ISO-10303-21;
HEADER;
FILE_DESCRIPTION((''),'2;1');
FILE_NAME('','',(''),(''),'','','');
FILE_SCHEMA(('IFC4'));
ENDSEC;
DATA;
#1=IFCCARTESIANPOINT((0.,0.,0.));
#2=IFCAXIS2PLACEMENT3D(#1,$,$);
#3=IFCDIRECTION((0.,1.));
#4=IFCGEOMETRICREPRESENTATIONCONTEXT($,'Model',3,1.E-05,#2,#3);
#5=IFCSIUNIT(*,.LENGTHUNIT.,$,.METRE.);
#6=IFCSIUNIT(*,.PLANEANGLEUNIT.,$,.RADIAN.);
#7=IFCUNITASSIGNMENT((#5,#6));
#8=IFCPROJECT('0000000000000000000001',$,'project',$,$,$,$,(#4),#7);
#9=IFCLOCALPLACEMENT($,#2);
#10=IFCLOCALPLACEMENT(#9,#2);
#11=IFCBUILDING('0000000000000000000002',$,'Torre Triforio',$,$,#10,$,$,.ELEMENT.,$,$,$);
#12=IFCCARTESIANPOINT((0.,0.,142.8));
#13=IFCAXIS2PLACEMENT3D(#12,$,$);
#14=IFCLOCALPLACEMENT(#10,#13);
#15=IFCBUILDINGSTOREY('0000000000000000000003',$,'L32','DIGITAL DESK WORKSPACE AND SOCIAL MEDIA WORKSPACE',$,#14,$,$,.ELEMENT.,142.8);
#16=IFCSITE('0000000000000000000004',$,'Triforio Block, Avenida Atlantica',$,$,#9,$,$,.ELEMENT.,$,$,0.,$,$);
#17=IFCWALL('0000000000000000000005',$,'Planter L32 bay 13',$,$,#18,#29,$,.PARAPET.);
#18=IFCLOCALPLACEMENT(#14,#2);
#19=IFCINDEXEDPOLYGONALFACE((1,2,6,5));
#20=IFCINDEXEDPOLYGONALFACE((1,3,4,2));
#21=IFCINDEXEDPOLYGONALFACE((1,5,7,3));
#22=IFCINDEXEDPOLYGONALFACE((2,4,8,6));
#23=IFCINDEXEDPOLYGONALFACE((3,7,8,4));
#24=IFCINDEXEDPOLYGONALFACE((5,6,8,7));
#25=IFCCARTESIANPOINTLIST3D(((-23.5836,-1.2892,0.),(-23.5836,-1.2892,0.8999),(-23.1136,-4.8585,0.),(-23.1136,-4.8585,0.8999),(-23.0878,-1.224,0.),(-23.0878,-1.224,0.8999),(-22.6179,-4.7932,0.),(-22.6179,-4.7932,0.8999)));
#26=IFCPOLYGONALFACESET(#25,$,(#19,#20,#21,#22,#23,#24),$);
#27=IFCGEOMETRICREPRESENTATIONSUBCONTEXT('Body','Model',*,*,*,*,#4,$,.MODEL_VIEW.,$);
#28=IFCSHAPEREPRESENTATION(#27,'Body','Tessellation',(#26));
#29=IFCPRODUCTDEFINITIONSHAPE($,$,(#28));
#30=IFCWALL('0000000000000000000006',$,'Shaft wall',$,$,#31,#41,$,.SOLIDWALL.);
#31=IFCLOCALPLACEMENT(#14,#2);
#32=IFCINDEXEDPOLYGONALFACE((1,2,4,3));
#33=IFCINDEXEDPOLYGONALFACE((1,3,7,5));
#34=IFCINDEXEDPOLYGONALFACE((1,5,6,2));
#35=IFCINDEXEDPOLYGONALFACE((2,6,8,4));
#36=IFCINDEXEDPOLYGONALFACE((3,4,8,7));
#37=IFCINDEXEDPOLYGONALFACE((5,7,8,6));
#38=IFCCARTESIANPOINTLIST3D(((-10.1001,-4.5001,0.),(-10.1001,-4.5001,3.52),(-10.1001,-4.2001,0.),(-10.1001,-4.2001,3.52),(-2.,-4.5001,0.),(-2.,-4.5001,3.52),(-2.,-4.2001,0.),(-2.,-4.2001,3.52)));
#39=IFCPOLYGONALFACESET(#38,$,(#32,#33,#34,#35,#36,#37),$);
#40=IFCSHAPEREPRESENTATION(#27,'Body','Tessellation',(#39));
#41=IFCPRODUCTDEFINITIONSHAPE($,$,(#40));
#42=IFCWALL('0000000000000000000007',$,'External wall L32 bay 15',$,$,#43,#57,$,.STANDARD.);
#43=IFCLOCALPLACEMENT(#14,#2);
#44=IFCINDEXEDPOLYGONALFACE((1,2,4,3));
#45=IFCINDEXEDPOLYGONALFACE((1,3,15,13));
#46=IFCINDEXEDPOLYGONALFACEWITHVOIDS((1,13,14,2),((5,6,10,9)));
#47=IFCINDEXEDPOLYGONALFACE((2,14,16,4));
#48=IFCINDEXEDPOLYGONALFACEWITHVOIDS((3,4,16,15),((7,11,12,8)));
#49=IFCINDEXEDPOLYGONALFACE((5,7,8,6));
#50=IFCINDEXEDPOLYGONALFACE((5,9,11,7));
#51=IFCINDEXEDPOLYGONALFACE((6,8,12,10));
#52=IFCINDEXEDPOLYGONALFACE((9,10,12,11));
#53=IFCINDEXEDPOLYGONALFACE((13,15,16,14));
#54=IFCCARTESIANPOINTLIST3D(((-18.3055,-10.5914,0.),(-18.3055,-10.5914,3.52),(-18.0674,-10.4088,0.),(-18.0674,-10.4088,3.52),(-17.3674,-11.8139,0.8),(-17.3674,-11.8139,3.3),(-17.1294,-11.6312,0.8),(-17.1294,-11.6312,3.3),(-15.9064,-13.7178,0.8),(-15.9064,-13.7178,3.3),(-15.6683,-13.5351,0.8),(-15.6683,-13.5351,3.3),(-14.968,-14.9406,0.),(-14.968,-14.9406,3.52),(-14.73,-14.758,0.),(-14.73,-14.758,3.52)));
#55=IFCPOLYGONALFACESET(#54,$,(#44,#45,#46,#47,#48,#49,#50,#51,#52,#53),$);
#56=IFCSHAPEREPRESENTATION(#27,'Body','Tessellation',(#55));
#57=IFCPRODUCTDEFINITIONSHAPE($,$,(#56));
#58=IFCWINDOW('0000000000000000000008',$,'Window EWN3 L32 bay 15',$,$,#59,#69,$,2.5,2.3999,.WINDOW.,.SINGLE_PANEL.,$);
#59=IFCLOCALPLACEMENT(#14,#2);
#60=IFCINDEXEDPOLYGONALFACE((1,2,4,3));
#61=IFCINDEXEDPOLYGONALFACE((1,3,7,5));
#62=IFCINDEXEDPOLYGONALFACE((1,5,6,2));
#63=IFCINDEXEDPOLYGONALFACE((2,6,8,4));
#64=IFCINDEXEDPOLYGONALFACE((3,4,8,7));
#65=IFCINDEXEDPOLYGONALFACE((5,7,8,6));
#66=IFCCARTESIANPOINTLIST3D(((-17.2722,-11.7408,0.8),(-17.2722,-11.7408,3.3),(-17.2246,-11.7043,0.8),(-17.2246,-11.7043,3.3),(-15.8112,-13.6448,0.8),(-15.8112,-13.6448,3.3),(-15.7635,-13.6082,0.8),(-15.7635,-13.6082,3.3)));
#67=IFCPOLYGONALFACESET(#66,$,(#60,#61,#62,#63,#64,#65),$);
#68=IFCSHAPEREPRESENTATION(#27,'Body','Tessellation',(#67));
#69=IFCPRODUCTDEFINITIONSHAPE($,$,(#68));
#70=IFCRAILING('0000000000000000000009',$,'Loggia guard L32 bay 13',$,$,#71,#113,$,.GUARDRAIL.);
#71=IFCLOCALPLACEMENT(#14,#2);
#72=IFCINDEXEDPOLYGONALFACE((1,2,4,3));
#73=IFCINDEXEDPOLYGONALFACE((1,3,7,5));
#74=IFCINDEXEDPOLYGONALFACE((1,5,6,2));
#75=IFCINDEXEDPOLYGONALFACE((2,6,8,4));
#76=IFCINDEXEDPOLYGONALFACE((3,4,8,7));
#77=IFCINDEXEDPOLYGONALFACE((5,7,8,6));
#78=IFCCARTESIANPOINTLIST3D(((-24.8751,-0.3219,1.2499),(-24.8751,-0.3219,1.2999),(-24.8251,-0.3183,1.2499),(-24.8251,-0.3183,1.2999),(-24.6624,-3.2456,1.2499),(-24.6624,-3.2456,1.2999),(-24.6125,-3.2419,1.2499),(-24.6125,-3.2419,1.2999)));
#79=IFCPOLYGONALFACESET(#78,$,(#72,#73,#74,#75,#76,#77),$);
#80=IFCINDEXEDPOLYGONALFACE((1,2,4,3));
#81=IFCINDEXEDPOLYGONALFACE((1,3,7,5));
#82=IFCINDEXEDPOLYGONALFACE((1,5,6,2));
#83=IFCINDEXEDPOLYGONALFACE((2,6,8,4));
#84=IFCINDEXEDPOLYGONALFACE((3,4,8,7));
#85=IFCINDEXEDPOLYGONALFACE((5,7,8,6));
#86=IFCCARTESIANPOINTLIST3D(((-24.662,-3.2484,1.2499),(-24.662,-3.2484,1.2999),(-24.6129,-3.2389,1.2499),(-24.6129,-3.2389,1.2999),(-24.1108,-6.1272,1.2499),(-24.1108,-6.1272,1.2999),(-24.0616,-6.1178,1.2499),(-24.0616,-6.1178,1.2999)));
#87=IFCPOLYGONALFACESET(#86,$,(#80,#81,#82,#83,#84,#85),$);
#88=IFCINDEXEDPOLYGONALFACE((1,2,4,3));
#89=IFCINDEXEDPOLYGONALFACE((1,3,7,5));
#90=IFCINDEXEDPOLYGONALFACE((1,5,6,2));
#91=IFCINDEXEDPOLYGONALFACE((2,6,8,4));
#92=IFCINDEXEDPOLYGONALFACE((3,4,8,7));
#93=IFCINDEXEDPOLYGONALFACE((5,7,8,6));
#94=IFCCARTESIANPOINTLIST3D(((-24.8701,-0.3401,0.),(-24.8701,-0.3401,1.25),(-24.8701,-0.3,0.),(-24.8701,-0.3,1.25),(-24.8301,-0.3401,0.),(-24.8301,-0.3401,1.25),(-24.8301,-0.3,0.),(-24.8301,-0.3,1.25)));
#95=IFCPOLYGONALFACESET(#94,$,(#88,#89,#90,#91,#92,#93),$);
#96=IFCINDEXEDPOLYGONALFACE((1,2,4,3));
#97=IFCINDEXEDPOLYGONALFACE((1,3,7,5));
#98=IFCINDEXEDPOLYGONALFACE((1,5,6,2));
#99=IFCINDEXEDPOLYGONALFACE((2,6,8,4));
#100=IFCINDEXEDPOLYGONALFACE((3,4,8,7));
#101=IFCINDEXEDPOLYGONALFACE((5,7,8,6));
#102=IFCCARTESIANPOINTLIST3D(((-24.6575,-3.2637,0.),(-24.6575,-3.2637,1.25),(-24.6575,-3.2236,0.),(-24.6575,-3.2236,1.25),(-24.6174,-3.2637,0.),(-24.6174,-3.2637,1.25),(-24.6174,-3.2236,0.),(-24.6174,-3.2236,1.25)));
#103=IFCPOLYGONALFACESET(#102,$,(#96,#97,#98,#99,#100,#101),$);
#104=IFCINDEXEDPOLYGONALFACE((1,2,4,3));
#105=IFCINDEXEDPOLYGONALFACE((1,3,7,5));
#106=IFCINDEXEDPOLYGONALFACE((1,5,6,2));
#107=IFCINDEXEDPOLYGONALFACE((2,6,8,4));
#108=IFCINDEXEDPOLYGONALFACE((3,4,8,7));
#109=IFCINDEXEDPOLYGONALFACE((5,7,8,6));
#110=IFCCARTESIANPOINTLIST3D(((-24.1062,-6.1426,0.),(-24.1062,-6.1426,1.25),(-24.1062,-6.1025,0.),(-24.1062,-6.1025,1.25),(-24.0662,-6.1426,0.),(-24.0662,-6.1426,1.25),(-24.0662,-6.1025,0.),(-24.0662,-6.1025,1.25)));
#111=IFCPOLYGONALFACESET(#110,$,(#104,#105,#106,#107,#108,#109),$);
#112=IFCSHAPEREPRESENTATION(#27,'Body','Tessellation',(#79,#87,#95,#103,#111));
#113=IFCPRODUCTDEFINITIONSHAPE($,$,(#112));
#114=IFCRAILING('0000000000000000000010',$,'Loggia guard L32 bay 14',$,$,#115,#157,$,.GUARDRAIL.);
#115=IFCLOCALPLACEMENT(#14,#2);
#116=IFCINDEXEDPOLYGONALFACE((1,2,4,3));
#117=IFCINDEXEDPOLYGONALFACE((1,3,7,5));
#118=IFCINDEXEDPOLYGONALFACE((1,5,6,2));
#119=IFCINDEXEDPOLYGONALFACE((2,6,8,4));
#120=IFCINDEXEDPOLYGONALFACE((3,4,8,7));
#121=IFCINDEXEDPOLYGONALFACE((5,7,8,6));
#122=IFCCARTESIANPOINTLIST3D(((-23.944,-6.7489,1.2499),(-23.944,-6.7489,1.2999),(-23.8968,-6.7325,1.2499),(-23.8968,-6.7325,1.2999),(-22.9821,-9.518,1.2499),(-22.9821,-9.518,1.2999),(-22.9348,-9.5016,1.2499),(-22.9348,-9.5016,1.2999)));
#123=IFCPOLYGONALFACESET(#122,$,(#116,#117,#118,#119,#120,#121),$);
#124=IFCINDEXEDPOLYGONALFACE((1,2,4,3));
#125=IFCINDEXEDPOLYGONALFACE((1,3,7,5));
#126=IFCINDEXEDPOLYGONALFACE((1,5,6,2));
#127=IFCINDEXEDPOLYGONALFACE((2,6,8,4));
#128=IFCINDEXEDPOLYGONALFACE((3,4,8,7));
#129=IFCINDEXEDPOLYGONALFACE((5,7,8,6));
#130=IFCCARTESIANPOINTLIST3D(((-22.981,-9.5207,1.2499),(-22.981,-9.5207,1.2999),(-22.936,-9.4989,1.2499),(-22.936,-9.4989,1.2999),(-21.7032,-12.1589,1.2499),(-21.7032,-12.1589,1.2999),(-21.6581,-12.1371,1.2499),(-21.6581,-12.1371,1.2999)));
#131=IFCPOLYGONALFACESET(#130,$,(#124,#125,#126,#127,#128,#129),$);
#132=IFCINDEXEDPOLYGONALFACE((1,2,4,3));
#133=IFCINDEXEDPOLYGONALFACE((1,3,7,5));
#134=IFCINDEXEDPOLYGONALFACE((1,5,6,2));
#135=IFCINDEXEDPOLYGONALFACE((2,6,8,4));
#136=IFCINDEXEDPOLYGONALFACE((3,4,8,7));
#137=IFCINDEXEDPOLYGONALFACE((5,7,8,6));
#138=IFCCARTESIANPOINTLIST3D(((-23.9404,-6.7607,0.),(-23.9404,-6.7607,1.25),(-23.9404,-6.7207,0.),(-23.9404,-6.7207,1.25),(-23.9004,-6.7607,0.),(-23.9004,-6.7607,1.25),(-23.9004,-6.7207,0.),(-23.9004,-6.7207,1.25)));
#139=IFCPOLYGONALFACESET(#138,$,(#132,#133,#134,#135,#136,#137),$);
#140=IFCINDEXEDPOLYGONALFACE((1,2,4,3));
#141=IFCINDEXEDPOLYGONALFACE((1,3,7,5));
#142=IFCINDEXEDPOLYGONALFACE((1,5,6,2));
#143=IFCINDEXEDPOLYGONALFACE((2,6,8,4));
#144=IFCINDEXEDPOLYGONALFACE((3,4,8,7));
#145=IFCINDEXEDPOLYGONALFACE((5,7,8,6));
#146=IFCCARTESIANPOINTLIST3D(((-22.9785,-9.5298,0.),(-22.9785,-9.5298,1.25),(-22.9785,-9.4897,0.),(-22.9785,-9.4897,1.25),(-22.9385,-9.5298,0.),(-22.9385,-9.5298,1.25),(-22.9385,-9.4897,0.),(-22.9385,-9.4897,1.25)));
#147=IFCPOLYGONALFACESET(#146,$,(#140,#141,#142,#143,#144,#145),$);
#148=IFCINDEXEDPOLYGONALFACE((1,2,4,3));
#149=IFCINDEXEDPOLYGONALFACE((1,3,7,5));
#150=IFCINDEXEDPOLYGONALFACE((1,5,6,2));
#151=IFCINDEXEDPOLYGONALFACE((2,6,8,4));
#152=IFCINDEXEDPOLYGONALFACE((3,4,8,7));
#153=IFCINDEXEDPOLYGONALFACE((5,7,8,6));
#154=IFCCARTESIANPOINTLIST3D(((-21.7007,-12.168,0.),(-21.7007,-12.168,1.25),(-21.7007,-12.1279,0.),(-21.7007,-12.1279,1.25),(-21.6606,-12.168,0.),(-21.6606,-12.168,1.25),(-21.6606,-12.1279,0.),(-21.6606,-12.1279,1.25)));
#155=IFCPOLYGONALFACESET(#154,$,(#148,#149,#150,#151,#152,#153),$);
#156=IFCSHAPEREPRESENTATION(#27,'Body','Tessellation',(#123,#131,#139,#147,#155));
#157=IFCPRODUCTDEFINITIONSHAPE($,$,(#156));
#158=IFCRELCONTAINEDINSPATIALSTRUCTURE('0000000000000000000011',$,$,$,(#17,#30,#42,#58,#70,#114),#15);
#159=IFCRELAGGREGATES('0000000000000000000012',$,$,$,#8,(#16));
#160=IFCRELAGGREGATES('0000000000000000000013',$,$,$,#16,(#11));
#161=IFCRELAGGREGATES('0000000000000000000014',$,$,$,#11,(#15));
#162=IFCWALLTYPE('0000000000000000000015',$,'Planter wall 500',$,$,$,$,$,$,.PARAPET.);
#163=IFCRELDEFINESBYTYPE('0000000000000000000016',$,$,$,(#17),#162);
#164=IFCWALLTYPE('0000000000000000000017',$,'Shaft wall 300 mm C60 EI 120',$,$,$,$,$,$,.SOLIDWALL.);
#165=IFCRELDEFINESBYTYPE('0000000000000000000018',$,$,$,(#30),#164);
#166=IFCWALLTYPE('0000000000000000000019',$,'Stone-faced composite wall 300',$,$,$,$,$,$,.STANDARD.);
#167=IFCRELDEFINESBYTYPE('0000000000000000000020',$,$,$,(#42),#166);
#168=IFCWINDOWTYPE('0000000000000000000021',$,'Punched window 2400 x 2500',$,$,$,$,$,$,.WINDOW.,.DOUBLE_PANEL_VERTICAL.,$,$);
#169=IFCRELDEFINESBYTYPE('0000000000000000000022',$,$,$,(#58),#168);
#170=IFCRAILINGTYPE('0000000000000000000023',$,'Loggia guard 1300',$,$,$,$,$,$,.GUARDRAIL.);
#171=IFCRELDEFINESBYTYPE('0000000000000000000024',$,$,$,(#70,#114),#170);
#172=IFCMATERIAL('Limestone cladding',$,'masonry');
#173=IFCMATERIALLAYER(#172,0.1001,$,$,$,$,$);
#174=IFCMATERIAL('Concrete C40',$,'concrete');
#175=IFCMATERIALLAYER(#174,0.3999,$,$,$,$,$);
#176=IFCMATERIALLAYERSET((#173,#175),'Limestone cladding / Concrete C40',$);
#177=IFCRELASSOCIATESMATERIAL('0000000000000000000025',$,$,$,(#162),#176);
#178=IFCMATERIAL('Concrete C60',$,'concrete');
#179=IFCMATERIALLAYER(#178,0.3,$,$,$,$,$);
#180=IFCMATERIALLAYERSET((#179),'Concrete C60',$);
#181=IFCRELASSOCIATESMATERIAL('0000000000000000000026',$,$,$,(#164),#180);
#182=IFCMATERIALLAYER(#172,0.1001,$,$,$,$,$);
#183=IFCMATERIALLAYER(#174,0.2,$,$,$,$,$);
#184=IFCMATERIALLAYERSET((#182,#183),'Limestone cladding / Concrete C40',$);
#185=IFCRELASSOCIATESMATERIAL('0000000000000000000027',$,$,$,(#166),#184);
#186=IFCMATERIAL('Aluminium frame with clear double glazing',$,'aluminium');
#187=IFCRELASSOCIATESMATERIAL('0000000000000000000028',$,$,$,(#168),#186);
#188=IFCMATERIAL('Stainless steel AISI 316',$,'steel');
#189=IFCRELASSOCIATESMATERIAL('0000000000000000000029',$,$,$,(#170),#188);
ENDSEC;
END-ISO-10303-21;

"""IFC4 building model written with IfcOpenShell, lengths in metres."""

from ifc_helpers import new_model, si_unit, direction, frame, frame_2d, origin, origin_2d, place, context, subcontext, project, spatial, rectangle, extrude, material, layer, layer_set, type_object, element, fill, save


model = new_model("IFC4")

# Units and contexts
model_context = context("Model", 3, precision=1e-05, world=origin(), true_north=direction((0.0, 1.0)))
body_context = subcontext(model_context, "Body", "Model", "MODEL_VIEW")
ifc_project = project(units=[si_unit("LENGTHUNIT", "METRE"), si_unit("PLANEANGLEUNIT", "RADIAN")], contexts=[model_context])

# Site, building, storey
site_placement = place(None, origin())
site = spatial("IfcSite", under=ifc_project, at=site_placement, Name="Triforio Block, Avenida Atlantica", CompositionType="ELEMENT", RefElevation=0.0)
building_placement = place(site_placement, origin())
building = spatial("IfcBuilding", under=site, at=building_placement, Name="Torre Triforio", CompositionType="ELEMENT")
storey_placement = place(building_placement, frame((0.0, 0.0, 142.8)))
storey = spatial("IfcBuildingStorey", under=building, at=storey_placement, Name="L32", Description="DIGITAL DESK WORKSPACE AND SOCIAL MEDIA WORKSPACE", CompositionType="ELEMENT", Elevation=142.8)

# Shared definitions
ifc_material_1 = material(Name="Concrete C60", Category="concrete")

# Walls
ifc_material_2 = material(Name="Limestone cladding", Category="masonry")
ifc_layer_1 = layer(ifc_material_2, 0.1001)
ifc_material_3 = material(Name="Concrete C40", Category="concrete")
ifc_layer_2 = layer(ifc_material_3, 0.3999)
ifc_layer_set_1 = layer_set([ifc_layer_1, ifc_layer_2], Name="Limestone cladding / Concrete C40")
wall_type_1 = type_object("IfcWallType", Name="Planter wall 500", PredefinedType="PARAPET", material=ifc_layer_set_1)
wall_1_placement = place(storey_placement, frame((-23.3357, -1.2566, 0.0), z_axis=(0.0, 0.0, 1.0), x_axis=(0.130542, -0.991443, 0.0)))
element("IfcWall", 1, at=wall_1_placement, inside=storey, type_object=wall_type_1, Name="Planter L32 bay 13", PredefinedType="PARAPET", context=body_context, shape_type="SweptSolid", body=[
    extrude(rectangle(XDim=3.6001, YDim=0.5, at=frame_2d((1.8, 0.0))), origin(), (0.0, 0.0, 1.0), 0.8999),
])
ifc_layer_3 = layer(ifc_material_1, 0.3)
ifc_layer_set_2 = layer_set([ifc_layer_3], Name="Concrete C60")
wall_type_2 = type_object("IfcWallType", Name="Shaft wall 300 mm C60 EI 120", PredefinedType="SOLIDWALL", material=ifc_layer_set_2)
wall_2_placement = place(storey_placement, frame((-10.1001, -4.3501, 0.0), z_axis=(0.0, 0.0, 1.0), x_axis=(1.0, 0.0, 0.0)))
element("IfcWall", 2, at=wall_2_placement, inside=storey, type_object=wall_type_2, Name="Shaft wall", PredefinedType="SOLIDWALL", context=body_context, shape_type="SweptSolid", body=[
    extrude(rectangle(XDim=8.1001, YDim=0.3, at=frame_2d((4.05, 0.0))), origin(), (0.0, 0.0, 1.0), 3.52),
])

# Shared definitions
ifc_layer_4 = layer(ifc_material_2, 0.1001)
ifc_layer_5 = layer(ifc_material_3, 0.2)
ifc_layer_set_3 = layer_set([ifc_layer_4, ifc_layer_5], Name="Limestone cladding / Concrete C40")
wall_type_3 = type_object("IfcWallType", Name="Stone-faced composite wall 300", PredefinedType="STANDARD", material=ifc_layer_set_3)
ifc_material_4 = material(Name="Aluminium frame with clear double glazing", Category="aluminium")

# Wall, opening, window
wall_3_placement = place(storey_placement, frame((-18.1865, -10.5, 0.0), z_axis=(0.0, 0.0, 1.0), x_axis=(0.608785, -0.793335, 0.0)))
wall_3 = element("IfcWall", 3, at=wall_3_placement, inside=storey, type_object=wall_type_3, Name="External wall L32 bay 15", PredefinedType="STANDARD", context=body_context, shape_type="SweptSolid", body=[
    extrude(rectangle(XDim=5.4822, YDim=0.3, at=frame_2d((2.7412, 0.0))), origin(), (0.0, 0.0, 1.0), 3.52),
])
opening_1_placement = place(wall_3_placement, frame((1.541, 0.0, 0.8)))
opening_1 = element("IfcOpeningElement", 4, at=opening_1_placement, cuts=wall_3, PredefinedType="OPENING", context=body_context, shape_type="SweptSolid", body=[
    extrude(rectangle(XDim=2.3999, YDim=2.5, at=frame_2d((1.2, 1.25))), frame((0.0, 0.1599, 0.0), z_axis=(0.0, -1.0, 0.0), x_axis=(1.0, 0.0, 0.0)), (0.0, 0.0, 1.0), 0.3201),
])
window_type_1 = type_object("IfcWindowType", Name="Punched window 2400 x 2500", PartitioningType="DOUBLE_PANEL_VERTICAL", PredefinedType="WINDOW", material=ifc_material_4)
window_1_placement = place(opening_1_placement, origin())
window_1 = element("IfcWindow", 5, at=window_1_placement, inside=storey, type_object=window_type_1, Name="Window EWN3 L32 bay 15", OverallHeight=2.5, OverallWidth=2.3999, PartitioningType="SINGLE_PANEL", PredefinedType="WINDOW", context=body_context, shape_type="SweptSolid", body=[
    extrude(rectangle(XDim=2.3999, YDim=2.5, at=frame_2d((1.2, 1.25))), frame((0.0, 0.03, 0.0), z_axis=(0.0, -1.0, 0.0), x_axis=(1.0, 0.0, 0.0)), (0.0, 0.0, 1.0), 0.0601),
])
fill(opening_1, window_1)

# Railings
ifc_material_5 = material(Name="Stainless steel AISI 316", Category="steel")
railing_type = type_object("IfcRailingType", Name="Loggia guard 1300", PredefinedType="GUARDRAIL", material=ifc_material_5)
railing_1_placement = place(storey_placement, frame((-24.8501, -0.3201, 0.0)))
element("IfcRailing", 6, at=railing_1_placement, inside=storey, type_object=railing_type, Name="Loggia guard L32 bay 13", PredefinedType="GUARDRAIL", context=body_context, shape_type="SweptSolid", body=[
    extrude(rectangle(XDim=0.05, YDim=0.05, at=origin_2d()), frame((0.0, 0.0, 1.2749), z_axis=(0.072543, -0.997365, 0.0), x_axis=(0.997365, 0.072543, 0.0)), (0.0, 0.0, 1.0), 2.9314),
    extrude(rectangle(XDim=0.05, YDim=0.05, at=origin_2d()), frame((0.2126, -2.9236, 1.2749), z_axis=(0.188069, -0.982156, 0.0), x_axis=(0.982156, 0.188069, 0.0)), (0.0, 0.0, 1.0), 2.9312),
    extrude(rectangle(XDim=0.04, YDim=0.04, at=origin_2d()), origin(), (0.0, 0.0, 1.0), 1.25),
    extrude(rectangle(XDim=0.04, YDim=0.04, at=origin_2d()), frame((0.2126, -2.9236, 0.0)), (0.0, 0.0, 1.0), 1.25),
    extrude(rectangle(XDim=0.04, YDim=0.04, at=origin_2d()), frame((0.7639, -5.8025, 0.0)), (0.0, 0.0, 1.0), 1.25),
])
railing_2_placement = place(storey_placement, frame((-23.9204, -6.7407, 0.0)))
element("IfcRailing", 7, at=railing_2_placement, inside=storey, type_object=railing_type, Name="Loggia guard L32 bay 14", PredefinedType="GUARDRAIL", context=body_context, shape_type="SweptSolid", body=[
    extrude(rectangle(XDim=0.05, YDim=0.05, at=origin_2d()), frame((0.0, 0.0, 1.2749), z_axis=(0.328146, -0.944627, 0.0), x_axis=(0.944627, 0.328146, 0.0)), (0.0, 0.0, 1.0), 2.9314),
    extrude(rectangle(XDim=0.05, YDim=0.05, at=origin_2d()), frame((0.9619, -2.769, 1.2749), z_axis=(0.435918, -0.899986, 0.0), x_axis=(0.899986, 0.435918, 0.0)), (0.0, 0.0, 1.0), 2.9314),
    extrude(rectangle(XDim=0.04, YDim=0.04, at=origin_2d()), origin(), (0.0, 0.0, 1.0), 1.25),
    extrude(rectangle(XDim=0.04, YDim=0.04, at=origin_2d()), frame((0.9619, -2.769, 0.0)), (0.0, 0.0, 1.0), 1.25),
    extrude(rectangle(XDim=0.04, YDim=0.04, at=origin_2d()), frame((2.2397, -5.4072, 0.0)), (0.0, 0.0, 1.0), 1.25),
])

save(model, "model.ifc")
